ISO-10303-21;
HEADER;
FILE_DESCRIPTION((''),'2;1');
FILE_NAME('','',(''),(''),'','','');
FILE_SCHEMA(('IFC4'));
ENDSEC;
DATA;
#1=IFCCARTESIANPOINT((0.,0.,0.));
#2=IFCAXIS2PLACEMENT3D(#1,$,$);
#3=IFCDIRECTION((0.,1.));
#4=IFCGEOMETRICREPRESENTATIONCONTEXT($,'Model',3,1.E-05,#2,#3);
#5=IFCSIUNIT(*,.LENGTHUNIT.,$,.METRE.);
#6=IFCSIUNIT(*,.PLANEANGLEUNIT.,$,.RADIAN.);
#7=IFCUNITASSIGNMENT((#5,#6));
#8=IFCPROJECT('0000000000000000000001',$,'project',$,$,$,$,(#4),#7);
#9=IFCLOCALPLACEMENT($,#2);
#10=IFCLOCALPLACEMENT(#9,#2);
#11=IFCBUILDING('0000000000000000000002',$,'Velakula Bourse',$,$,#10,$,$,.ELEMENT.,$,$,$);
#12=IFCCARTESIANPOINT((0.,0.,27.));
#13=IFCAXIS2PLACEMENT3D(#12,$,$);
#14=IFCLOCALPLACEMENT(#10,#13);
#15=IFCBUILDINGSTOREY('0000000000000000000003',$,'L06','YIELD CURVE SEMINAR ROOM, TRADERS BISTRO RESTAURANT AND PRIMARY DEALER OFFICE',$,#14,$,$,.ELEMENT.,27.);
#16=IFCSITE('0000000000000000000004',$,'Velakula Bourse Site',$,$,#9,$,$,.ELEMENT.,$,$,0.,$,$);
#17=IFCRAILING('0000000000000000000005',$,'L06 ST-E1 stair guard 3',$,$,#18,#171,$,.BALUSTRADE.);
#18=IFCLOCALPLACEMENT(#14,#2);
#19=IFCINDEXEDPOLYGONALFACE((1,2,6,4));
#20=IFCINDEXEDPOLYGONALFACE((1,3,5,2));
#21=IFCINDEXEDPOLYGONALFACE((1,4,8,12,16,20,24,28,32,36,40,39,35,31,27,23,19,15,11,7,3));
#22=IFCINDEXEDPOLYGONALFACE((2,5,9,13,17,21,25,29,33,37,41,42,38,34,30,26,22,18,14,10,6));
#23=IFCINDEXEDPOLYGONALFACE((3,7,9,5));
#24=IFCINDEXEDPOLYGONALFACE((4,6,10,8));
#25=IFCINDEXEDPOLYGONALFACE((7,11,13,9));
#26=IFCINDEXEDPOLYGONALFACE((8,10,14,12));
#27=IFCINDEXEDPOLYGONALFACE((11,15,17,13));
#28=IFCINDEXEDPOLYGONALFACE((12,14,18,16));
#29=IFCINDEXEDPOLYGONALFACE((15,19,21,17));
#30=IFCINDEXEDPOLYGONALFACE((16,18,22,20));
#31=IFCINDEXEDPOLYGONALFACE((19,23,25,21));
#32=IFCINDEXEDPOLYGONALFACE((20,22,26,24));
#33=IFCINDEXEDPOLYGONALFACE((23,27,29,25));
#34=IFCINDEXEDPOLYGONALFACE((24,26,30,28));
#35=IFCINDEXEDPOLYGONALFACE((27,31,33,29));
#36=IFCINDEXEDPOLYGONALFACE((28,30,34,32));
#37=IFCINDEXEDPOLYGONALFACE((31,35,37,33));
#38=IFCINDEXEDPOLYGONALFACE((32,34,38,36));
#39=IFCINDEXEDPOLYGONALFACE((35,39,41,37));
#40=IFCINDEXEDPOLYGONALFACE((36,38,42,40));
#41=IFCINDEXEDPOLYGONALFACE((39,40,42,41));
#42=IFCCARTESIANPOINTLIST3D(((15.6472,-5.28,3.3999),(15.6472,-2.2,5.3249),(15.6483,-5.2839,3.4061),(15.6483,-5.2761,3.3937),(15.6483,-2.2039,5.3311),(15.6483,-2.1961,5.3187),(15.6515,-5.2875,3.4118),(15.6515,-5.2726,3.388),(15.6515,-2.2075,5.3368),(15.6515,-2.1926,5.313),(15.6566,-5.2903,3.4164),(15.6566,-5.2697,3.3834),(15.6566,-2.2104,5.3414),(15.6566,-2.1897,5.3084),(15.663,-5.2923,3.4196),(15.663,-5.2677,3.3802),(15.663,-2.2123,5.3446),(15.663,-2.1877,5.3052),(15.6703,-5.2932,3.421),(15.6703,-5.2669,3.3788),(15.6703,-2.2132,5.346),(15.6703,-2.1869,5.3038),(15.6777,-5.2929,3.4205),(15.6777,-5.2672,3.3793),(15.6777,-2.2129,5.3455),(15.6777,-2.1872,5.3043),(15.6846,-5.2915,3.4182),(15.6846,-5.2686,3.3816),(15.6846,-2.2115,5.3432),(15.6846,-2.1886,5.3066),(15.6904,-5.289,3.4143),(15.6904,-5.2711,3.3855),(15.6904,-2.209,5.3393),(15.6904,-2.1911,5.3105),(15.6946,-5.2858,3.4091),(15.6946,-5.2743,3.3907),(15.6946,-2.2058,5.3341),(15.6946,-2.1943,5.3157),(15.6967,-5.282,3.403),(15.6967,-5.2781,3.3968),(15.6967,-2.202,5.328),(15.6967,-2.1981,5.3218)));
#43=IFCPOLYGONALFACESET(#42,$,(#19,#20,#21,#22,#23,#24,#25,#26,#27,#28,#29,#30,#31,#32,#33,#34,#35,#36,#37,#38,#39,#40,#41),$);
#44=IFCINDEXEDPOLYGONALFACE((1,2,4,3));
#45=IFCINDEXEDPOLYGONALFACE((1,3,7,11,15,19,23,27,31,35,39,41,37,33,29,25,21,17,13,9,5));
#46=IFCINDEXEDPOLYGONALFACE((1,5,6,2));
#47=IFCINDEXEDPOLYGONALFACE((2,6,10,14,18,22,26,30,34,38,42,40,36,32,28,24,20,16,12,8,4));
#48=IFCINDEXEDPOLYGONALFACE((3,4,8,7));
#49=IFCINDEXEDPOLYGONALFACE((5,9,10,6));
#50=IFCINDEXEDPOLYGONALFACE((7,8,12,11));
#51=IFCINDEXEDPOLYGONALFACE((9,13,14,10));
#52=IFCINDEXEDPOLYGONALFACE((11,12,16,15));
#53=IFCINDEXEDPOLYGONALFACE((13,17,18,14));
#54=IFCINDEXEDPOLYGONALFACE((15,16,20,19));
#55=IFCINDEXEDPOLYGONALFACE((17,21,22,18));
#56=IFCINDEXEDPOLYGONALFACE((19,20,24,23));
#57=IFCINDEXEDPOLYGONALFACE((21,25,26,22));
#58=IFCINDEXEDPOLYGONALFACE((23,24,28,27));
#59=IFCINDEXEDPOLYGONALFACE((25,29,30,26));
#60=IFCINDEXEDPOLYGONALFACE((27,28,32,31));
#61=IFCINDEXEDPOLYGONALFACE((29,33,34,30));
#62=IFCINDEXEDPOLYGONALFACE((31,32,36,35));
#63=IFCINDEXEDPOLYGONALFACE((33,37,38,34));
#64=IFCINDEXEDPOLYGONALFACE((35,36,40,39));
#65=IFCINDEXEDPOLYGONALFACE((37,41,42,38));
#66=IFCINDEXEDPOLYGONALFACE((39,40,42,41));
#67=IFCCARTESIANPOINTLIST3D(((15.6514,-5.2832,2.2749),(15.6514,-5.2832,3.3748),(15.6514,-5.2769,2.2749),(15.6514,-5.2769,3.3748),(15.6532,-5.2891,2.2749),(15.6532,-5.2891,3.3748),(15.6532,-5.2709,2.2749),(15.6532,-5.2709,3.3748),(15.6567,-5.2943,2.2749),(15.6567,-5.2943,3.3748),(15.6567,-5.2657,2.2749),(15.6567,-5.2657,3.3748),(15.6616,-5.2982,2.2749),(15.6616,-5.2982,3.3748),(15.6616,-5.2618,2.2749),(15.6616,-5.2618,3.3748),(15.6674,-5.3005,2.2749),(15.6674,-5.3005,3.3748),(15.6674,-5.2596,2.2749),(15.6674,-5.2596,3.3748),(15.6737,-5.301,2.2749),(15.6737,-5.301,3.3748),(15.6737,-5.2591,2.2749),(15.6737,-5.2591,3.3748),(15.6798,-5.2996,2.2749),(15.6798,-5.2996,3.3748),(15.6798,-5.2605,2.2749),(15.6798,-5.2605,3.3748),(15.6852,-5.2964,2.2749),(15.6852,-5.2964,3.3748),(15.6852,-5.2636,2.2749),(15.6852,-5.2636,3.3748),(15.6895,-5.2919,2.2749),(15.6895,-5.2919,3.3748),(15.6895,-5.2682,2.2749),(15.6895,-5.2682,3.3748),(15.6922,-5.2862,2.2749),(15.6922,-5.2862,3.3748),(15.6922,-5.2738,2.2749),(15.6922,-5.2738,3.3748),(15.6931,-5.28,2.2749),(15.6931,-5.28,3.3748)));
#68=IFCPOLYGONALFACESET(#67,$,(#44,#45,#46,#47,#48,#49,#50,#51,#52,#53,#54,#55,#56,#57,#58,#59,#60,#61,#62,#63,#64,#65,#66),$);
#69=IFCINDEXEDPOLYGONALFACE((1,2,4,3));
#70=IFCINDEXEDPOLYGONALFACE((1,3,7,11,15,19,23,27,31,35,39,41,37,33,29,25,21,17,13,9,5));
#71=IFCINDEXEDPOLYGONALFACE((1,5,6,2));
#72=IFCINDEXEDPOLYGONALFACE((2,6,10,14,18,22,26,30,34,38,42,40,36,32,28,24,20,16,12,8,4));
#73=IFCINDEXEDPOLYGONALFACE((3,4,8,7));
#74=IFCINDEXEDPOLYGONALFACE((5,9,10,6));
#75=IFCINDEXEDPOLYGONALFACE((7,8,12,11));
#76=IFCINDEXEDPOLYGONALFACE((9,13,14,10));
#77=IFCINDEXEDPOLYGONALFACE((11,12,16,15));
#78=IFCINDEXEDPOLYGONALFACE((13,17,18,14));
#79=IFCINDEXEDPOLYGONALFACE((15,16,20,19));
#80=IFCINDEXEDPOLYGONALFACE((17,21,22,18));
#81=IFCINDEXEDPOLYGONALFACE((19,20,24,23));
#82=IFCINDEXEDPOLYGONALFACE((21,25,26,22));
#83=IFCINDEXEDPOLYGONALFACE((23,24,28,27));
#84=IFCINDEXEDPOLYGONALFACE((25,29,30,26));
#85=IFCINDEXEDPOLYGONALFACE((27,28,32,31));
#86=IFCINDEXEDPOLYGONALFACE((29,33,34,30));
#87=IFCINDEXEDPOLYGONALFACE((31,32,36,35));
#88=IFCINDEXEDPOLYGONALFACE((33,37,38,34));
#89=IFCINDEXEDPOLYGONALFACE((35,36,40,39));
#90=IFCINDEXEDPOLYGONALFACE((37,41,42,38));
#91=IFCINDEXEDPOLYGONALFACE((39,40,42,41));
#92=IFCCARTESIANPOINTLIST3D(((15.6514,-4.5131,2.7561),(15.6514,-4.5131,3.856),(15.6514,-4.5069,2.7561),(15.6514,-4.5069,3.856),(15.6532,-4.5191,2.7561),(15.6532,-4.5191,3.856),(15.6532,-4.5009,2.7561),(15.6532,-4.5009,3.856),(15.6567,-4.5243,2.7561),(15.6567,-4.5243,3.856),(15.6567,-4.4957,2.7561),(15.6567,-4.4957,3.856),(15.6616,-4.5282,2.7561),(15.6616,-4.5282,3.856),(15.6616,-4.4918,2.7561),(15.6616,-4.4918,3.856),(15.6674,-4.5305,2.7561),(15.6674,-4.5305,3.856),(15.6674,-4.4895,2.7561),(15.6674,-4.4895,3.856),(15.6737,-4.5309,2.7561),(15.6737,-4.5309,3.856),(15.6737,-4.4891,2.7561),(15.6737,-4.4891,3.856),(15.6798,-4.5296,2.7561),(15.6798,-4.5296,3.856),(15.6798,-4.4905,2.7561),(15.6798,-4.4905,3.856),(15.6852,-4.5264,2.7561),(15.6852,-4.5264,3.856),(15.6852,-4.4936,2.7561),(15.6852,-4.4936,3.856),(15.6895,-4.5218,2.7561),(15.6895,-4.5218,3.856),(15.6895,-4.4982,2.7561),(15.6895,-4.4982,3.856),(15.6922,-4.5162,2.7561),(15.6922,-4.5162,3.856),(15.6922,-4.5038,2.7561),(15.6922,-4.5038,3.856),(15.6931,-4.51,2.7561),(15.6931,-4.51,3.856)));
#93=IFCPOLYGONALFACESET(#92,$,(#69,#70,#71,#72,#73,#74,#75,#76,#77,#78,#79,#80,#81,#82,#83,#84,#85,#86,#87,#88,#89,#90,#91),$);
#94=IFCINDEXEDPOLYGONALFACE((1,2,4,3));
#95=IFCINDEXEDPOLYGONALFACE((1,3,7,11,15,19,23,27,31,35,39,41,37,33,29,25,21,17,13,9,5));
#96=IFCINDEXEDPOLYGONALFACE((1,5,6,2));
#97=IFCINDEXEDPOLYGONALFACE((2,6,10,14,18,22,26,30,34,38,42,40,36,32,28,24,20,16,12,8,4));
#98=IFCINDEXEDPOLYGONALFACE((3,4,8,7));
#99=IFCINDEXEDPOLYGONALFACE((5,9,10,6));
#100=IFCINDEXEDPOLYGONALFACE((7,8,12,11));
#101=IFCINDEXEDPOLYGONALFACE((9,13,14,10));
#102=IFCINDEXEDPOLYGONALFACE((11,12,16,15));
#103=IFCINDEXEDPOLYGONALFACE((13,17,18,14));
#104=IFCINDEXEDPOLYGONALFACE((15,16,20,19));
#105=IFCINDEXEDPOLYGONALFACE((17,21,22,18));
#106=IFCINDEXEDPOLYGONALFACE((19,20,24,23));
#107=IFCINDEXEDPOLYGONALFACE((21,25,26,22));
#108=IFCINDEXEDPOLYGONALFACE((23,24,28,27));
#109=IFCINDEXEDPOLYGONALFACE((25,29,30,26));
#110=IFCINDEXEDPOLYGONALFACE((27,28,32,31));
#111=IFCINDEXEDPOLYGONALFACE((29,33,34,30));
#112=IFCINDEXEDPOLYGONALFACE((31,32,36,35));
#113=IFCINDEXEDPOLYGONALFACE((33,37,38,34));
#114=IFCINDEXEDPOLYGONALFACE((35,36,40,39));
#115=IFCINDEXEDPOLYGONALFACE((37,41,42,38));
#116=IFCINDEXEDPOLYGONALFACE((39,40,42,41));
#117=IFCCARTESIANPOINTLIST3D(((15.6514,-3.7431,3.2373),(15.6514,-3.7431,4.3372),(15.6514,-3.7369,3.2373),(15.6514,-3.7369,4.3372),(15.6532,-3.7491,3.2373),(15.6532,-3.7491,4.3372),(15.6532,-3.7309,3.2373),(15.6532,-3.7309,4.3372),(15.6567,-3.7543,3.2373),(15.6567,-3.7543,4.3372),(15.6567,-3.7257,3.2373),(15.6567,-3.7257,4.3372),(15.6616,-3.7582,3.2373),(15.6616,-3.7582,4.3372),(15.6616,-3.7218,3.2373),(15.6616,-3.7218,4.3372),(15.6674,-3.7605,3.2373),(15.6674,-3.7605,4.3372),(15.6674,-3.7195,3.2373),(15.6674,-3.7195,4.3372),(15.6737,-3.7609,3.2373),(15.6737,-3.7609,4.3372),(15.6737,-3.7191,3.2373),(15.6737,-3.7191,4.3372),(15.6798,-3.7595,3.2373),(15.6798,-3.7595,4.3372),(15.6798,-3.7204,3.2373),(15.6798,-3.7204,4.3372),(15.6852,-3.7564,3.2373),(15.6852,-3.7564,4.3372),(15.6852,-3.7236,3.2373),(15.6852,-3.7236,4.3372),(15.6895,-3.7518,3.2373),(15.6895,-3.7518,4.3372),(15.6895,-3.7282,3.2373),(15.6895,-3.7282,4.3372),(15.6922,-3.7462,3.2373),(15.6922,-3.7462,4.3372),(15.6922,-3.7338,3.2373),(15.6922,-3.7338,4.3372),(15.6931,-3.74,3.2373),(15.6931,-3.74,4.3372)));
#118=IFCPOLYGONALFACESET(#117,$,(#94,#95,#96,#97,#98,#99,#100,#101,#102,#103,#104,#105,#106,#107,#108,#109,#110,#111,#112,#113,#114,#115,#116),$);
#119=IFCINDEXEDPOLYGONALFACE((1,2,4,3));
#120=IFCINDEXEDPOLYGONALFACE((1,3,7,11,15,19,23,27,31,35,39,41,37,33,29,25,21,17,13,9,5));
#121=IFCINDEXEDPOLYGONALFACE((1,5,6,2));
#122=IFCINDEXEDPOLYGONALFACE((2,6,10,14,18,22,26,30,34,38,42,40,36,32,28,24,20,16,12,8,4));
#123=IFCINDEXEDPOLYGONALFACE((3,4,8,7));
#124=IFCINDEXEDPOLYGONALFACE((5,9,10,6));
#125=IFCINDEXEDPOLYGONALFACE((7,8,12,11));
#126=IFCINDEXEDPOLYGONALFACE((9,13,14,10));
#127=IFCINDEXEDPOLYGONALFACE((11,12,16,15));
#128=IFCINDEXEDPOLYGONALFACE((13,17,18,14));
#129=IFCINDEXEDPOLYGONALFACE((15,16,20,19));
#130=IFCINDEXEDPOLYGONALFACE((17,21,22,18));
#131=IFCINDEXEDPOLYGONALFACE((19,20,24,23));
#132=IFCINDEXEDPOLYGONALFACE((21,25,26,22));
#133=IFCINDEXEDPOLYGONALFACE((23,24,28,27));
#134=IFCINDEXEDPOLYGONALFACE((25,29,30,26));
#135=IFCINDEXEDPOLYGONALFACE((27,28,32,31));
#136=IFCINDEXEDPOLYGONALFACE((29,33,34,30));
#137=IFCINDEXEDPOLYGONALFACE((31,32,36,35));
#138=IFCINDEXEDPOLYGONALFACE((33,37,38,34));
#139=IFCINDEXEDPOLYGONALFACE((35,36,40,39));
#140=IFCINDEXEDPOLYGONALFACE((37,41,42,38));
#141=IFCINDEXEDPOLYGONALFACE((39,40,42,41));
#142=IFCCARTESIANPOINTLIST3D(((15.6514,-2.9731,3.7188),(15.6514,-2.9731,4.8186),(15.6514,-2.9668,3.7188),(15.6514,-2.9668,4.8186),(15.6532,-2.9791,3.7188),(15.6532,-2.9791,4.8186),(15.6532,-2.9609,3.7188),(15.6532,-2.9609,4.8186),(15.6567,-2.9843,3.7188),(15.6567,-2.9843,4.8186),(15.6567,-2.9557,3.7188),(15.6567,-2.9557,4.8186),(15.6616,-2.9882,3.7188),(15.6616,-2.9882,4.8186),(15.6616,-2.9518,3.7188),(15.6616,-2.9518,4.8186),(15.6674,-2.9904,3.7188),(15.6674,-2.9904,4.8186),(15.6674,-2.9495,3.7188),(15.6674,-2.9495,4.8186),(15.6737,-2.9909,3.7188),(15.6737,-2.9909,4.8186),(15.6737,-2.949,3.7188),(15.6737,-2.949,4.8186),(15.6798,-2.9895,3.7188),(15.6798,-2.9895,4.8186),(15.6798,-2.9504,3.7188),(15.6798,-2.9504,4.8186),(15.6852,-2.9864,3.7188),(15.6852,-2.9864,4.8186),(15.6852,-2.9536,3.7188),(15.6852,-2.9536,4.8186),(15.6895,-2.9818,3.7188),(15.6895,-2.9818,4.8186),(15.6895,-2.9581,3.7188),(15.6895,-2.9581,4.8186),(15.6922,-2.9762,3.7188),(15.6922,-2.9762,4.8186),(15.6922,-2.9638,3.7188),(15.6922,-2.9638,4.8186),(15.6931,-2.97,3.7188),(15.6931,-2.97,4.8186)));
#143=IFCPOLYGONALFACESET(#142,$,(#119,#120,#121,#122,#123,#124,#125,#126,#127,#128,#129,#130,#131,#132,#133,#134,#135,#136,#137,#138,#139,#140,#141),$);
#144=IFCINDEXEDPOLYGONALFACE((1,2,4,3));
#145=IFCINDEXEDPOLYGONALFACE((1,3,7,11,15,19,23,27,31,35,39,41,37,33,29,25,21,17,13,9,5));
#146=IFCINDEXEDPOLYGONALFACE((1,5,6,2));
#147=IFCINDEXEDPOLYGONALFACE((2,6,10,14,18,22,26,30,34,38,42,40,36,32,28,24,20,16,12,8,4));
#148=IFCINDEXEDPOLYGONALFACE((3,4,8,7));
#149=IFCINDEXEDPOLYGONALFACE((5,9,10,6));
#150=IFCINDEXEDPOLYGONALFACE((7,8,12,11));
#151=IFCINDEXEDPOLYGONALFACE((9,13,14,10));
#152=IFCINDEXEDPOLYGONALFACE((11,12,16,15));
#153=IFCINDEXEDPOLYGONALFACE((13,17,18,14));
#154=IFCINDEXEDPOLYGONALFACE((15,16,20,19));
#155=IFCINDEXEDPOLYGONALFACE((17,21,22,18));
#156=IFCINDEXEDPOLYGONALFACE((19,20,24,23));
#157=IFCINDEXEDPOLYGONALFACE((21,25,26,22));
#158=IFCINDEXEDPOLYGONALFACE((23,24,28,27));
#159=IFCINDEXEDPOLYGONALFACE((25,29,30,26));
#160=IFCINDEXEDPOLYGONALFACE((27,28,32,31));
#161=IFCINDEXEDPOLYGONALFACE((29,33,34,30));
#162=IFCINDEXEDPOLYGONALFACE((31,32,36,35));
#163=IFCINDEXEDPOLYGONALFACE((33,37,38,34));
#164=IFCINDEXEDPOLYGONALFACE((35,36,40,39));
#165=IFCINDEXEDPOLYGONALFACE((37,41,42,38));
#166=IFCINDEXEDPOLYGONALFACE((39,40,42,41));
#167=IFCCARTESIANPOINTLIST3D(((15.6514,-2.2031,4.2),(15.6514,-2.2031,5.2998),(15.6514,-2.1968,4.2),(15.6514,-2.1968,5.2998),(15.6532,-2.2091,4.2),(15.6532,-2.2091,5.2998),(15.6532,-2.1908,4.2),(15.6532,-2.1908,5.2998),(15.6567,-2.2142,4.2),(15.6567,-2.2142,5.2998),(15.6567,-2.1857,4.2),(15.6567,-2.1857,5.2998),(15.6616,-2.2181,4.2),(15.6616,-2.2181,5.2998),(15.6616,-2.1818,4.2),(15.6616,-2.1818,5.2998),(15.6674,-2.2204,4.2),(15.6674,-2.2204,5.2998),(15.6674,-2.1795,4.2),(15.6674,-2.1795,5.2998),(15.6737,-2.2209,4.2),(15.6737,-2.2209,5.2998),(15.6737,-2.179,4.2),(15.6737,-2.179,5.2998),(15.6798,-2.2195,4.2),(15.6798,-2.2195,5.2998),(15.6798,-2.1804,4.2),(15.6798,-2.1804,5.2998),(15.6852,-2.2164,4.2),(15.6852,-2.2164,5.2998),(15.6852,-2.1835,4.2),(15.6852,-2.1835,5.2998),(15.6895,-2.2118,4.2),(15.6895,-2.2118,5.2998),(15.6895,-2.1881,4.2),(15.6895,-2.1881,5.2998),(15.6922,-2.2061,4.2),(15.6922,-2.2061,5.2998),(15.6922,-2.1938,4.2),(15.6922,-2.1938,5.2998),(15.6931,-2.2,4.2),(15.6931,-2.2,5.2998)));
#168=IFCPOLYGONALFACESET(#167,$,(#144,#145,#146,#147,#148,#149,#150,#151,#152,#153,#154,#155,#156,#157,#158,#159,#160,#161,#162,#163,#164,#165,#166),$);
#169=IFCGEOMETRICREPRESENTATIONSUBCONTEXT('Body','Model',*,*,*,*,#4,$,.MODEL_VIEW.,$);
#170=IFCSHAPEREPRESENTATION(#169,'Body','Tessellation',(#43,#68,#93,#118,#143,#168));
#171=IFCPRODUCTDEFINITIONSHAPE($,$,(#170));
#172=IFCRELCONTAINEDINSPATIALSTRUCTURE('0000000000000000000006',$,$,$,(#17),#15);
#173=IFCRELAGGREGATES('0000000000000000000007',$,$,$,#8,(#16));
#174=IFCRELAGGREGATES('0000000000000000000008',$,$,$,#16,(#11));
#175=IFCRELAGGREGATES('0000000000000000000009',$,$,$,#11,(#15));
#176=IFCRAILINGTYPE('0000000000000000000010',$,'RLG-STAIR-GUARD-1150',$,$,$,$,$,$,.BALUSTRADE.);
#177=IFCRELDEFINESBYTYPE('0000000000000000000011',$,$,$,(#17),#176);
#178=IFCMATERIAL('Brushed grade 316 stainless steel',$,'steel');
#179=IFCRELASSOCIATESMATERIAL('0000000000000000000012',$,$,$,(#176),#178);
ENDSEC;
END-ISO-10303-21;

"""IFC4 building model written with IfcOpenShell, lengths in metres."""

from ifc_helpers import new_model, si_unit, direction, frame, origin, origin_2d, place, context, subcontext, project, spatial, circle, extrude, material, type_object, element, save


model = new_model("IFC4")

# Units and contexts
model_context = context("Model", 3, precision=1e-05, world=origin(), true_north=direction((0.0, 1.0)))
body_context = subcontext(model_context, "Body", "Model", "MODEL_VIEW")
ifc_project = project(units=[si_unit("LENGTHUNIT", "METRE"), si_unit("PLANEANGLEUNIT", "RADIAN")], contexts=[model_context])

# Site, building, storey
site_placement = place(None, origin())
site = spatial("IfcSite", under=ifc_project, at=site_placement, Name="Velakula Bourse Site", CompositionType="ELEMENT", RefElevation=0.0)
building_placement = place(site_placement, origin())
building = spatial("IfcBuilding", under=site, at=building_placement, Name="Velakula Bourse", CompositionType="ELEMENT")
storey_placement = place(building_placement, frame((0.0, 0.0, 27.0)))
storey = spatial("IfcBuildingStorey", under=building, at=storey_placement, Name="L06", Description="YIELD CURVE SEMINAR ROOM, TRADERS BISTRO RESTAURANT AND PRIMARY DEALER OFFICE", CompositionType="ELEMENT", Elevation=27.0)

# Shared definitions
ifc_material_1 = material(Name="Brushed grade 316 stainless steel", Category="steel")

# Railing
railing_type_1 = type_object("IfcRailingType", Name="RLG-STAIR-GUARD-1150", PredefinedType="BALUSTRADE", material=ifc_material_1)
railing_1_placement = place(storey_placement, frame((15.6721, -5.28, 2.2749)))
element("IfcRailing", 1, at=railing_1_placement, inside=storey, type_object=railing_type_1, Name="L06 ST-E1 stair guard 3", PredefinedType="BALUSTRADE", context=body_context, shape_type="SweptSolid", body=[
    extrude(circle(Radius=0.0249, at=origin_2d()), frame((0.0, 0.0, 1.125), z_axis=(0.0, 0.847998, 0.529999), x_axis=(-1.0, 0.0, 0.0)), (0.0, 0.0, 1.0), 3.6321),
    extrude(circle(Radius=0.021, at=origin_2d()), origin(), (0.0, 0.0, 1.0), 1.0999),
    extrude(circle(Radius=0.021, at=origin_2d()), frame((0.0, 0.77, 0.4812)), (0.0, 0.0, 1.0), 1.0999),
    extrude(circle(Radius=0.021, at=origin_2d()), frame((0.0, 1.54, 0.9624)), (0.0, 0.0, 1.0), 1.0999),
    extrude(circle(Radius=0.021, at=origin_2d()), frame((0.0, 2.3101, 1.4438)), (0.0, 0.0, 1.0), 1.0999),
    extrude(circle(Radius=0.021, at=origin_2d()), frame((0.0, 3.0801, 1.925)), (0.0, 0.0, 1.0), 1.0999),
])

save(model, "model.ifc")
